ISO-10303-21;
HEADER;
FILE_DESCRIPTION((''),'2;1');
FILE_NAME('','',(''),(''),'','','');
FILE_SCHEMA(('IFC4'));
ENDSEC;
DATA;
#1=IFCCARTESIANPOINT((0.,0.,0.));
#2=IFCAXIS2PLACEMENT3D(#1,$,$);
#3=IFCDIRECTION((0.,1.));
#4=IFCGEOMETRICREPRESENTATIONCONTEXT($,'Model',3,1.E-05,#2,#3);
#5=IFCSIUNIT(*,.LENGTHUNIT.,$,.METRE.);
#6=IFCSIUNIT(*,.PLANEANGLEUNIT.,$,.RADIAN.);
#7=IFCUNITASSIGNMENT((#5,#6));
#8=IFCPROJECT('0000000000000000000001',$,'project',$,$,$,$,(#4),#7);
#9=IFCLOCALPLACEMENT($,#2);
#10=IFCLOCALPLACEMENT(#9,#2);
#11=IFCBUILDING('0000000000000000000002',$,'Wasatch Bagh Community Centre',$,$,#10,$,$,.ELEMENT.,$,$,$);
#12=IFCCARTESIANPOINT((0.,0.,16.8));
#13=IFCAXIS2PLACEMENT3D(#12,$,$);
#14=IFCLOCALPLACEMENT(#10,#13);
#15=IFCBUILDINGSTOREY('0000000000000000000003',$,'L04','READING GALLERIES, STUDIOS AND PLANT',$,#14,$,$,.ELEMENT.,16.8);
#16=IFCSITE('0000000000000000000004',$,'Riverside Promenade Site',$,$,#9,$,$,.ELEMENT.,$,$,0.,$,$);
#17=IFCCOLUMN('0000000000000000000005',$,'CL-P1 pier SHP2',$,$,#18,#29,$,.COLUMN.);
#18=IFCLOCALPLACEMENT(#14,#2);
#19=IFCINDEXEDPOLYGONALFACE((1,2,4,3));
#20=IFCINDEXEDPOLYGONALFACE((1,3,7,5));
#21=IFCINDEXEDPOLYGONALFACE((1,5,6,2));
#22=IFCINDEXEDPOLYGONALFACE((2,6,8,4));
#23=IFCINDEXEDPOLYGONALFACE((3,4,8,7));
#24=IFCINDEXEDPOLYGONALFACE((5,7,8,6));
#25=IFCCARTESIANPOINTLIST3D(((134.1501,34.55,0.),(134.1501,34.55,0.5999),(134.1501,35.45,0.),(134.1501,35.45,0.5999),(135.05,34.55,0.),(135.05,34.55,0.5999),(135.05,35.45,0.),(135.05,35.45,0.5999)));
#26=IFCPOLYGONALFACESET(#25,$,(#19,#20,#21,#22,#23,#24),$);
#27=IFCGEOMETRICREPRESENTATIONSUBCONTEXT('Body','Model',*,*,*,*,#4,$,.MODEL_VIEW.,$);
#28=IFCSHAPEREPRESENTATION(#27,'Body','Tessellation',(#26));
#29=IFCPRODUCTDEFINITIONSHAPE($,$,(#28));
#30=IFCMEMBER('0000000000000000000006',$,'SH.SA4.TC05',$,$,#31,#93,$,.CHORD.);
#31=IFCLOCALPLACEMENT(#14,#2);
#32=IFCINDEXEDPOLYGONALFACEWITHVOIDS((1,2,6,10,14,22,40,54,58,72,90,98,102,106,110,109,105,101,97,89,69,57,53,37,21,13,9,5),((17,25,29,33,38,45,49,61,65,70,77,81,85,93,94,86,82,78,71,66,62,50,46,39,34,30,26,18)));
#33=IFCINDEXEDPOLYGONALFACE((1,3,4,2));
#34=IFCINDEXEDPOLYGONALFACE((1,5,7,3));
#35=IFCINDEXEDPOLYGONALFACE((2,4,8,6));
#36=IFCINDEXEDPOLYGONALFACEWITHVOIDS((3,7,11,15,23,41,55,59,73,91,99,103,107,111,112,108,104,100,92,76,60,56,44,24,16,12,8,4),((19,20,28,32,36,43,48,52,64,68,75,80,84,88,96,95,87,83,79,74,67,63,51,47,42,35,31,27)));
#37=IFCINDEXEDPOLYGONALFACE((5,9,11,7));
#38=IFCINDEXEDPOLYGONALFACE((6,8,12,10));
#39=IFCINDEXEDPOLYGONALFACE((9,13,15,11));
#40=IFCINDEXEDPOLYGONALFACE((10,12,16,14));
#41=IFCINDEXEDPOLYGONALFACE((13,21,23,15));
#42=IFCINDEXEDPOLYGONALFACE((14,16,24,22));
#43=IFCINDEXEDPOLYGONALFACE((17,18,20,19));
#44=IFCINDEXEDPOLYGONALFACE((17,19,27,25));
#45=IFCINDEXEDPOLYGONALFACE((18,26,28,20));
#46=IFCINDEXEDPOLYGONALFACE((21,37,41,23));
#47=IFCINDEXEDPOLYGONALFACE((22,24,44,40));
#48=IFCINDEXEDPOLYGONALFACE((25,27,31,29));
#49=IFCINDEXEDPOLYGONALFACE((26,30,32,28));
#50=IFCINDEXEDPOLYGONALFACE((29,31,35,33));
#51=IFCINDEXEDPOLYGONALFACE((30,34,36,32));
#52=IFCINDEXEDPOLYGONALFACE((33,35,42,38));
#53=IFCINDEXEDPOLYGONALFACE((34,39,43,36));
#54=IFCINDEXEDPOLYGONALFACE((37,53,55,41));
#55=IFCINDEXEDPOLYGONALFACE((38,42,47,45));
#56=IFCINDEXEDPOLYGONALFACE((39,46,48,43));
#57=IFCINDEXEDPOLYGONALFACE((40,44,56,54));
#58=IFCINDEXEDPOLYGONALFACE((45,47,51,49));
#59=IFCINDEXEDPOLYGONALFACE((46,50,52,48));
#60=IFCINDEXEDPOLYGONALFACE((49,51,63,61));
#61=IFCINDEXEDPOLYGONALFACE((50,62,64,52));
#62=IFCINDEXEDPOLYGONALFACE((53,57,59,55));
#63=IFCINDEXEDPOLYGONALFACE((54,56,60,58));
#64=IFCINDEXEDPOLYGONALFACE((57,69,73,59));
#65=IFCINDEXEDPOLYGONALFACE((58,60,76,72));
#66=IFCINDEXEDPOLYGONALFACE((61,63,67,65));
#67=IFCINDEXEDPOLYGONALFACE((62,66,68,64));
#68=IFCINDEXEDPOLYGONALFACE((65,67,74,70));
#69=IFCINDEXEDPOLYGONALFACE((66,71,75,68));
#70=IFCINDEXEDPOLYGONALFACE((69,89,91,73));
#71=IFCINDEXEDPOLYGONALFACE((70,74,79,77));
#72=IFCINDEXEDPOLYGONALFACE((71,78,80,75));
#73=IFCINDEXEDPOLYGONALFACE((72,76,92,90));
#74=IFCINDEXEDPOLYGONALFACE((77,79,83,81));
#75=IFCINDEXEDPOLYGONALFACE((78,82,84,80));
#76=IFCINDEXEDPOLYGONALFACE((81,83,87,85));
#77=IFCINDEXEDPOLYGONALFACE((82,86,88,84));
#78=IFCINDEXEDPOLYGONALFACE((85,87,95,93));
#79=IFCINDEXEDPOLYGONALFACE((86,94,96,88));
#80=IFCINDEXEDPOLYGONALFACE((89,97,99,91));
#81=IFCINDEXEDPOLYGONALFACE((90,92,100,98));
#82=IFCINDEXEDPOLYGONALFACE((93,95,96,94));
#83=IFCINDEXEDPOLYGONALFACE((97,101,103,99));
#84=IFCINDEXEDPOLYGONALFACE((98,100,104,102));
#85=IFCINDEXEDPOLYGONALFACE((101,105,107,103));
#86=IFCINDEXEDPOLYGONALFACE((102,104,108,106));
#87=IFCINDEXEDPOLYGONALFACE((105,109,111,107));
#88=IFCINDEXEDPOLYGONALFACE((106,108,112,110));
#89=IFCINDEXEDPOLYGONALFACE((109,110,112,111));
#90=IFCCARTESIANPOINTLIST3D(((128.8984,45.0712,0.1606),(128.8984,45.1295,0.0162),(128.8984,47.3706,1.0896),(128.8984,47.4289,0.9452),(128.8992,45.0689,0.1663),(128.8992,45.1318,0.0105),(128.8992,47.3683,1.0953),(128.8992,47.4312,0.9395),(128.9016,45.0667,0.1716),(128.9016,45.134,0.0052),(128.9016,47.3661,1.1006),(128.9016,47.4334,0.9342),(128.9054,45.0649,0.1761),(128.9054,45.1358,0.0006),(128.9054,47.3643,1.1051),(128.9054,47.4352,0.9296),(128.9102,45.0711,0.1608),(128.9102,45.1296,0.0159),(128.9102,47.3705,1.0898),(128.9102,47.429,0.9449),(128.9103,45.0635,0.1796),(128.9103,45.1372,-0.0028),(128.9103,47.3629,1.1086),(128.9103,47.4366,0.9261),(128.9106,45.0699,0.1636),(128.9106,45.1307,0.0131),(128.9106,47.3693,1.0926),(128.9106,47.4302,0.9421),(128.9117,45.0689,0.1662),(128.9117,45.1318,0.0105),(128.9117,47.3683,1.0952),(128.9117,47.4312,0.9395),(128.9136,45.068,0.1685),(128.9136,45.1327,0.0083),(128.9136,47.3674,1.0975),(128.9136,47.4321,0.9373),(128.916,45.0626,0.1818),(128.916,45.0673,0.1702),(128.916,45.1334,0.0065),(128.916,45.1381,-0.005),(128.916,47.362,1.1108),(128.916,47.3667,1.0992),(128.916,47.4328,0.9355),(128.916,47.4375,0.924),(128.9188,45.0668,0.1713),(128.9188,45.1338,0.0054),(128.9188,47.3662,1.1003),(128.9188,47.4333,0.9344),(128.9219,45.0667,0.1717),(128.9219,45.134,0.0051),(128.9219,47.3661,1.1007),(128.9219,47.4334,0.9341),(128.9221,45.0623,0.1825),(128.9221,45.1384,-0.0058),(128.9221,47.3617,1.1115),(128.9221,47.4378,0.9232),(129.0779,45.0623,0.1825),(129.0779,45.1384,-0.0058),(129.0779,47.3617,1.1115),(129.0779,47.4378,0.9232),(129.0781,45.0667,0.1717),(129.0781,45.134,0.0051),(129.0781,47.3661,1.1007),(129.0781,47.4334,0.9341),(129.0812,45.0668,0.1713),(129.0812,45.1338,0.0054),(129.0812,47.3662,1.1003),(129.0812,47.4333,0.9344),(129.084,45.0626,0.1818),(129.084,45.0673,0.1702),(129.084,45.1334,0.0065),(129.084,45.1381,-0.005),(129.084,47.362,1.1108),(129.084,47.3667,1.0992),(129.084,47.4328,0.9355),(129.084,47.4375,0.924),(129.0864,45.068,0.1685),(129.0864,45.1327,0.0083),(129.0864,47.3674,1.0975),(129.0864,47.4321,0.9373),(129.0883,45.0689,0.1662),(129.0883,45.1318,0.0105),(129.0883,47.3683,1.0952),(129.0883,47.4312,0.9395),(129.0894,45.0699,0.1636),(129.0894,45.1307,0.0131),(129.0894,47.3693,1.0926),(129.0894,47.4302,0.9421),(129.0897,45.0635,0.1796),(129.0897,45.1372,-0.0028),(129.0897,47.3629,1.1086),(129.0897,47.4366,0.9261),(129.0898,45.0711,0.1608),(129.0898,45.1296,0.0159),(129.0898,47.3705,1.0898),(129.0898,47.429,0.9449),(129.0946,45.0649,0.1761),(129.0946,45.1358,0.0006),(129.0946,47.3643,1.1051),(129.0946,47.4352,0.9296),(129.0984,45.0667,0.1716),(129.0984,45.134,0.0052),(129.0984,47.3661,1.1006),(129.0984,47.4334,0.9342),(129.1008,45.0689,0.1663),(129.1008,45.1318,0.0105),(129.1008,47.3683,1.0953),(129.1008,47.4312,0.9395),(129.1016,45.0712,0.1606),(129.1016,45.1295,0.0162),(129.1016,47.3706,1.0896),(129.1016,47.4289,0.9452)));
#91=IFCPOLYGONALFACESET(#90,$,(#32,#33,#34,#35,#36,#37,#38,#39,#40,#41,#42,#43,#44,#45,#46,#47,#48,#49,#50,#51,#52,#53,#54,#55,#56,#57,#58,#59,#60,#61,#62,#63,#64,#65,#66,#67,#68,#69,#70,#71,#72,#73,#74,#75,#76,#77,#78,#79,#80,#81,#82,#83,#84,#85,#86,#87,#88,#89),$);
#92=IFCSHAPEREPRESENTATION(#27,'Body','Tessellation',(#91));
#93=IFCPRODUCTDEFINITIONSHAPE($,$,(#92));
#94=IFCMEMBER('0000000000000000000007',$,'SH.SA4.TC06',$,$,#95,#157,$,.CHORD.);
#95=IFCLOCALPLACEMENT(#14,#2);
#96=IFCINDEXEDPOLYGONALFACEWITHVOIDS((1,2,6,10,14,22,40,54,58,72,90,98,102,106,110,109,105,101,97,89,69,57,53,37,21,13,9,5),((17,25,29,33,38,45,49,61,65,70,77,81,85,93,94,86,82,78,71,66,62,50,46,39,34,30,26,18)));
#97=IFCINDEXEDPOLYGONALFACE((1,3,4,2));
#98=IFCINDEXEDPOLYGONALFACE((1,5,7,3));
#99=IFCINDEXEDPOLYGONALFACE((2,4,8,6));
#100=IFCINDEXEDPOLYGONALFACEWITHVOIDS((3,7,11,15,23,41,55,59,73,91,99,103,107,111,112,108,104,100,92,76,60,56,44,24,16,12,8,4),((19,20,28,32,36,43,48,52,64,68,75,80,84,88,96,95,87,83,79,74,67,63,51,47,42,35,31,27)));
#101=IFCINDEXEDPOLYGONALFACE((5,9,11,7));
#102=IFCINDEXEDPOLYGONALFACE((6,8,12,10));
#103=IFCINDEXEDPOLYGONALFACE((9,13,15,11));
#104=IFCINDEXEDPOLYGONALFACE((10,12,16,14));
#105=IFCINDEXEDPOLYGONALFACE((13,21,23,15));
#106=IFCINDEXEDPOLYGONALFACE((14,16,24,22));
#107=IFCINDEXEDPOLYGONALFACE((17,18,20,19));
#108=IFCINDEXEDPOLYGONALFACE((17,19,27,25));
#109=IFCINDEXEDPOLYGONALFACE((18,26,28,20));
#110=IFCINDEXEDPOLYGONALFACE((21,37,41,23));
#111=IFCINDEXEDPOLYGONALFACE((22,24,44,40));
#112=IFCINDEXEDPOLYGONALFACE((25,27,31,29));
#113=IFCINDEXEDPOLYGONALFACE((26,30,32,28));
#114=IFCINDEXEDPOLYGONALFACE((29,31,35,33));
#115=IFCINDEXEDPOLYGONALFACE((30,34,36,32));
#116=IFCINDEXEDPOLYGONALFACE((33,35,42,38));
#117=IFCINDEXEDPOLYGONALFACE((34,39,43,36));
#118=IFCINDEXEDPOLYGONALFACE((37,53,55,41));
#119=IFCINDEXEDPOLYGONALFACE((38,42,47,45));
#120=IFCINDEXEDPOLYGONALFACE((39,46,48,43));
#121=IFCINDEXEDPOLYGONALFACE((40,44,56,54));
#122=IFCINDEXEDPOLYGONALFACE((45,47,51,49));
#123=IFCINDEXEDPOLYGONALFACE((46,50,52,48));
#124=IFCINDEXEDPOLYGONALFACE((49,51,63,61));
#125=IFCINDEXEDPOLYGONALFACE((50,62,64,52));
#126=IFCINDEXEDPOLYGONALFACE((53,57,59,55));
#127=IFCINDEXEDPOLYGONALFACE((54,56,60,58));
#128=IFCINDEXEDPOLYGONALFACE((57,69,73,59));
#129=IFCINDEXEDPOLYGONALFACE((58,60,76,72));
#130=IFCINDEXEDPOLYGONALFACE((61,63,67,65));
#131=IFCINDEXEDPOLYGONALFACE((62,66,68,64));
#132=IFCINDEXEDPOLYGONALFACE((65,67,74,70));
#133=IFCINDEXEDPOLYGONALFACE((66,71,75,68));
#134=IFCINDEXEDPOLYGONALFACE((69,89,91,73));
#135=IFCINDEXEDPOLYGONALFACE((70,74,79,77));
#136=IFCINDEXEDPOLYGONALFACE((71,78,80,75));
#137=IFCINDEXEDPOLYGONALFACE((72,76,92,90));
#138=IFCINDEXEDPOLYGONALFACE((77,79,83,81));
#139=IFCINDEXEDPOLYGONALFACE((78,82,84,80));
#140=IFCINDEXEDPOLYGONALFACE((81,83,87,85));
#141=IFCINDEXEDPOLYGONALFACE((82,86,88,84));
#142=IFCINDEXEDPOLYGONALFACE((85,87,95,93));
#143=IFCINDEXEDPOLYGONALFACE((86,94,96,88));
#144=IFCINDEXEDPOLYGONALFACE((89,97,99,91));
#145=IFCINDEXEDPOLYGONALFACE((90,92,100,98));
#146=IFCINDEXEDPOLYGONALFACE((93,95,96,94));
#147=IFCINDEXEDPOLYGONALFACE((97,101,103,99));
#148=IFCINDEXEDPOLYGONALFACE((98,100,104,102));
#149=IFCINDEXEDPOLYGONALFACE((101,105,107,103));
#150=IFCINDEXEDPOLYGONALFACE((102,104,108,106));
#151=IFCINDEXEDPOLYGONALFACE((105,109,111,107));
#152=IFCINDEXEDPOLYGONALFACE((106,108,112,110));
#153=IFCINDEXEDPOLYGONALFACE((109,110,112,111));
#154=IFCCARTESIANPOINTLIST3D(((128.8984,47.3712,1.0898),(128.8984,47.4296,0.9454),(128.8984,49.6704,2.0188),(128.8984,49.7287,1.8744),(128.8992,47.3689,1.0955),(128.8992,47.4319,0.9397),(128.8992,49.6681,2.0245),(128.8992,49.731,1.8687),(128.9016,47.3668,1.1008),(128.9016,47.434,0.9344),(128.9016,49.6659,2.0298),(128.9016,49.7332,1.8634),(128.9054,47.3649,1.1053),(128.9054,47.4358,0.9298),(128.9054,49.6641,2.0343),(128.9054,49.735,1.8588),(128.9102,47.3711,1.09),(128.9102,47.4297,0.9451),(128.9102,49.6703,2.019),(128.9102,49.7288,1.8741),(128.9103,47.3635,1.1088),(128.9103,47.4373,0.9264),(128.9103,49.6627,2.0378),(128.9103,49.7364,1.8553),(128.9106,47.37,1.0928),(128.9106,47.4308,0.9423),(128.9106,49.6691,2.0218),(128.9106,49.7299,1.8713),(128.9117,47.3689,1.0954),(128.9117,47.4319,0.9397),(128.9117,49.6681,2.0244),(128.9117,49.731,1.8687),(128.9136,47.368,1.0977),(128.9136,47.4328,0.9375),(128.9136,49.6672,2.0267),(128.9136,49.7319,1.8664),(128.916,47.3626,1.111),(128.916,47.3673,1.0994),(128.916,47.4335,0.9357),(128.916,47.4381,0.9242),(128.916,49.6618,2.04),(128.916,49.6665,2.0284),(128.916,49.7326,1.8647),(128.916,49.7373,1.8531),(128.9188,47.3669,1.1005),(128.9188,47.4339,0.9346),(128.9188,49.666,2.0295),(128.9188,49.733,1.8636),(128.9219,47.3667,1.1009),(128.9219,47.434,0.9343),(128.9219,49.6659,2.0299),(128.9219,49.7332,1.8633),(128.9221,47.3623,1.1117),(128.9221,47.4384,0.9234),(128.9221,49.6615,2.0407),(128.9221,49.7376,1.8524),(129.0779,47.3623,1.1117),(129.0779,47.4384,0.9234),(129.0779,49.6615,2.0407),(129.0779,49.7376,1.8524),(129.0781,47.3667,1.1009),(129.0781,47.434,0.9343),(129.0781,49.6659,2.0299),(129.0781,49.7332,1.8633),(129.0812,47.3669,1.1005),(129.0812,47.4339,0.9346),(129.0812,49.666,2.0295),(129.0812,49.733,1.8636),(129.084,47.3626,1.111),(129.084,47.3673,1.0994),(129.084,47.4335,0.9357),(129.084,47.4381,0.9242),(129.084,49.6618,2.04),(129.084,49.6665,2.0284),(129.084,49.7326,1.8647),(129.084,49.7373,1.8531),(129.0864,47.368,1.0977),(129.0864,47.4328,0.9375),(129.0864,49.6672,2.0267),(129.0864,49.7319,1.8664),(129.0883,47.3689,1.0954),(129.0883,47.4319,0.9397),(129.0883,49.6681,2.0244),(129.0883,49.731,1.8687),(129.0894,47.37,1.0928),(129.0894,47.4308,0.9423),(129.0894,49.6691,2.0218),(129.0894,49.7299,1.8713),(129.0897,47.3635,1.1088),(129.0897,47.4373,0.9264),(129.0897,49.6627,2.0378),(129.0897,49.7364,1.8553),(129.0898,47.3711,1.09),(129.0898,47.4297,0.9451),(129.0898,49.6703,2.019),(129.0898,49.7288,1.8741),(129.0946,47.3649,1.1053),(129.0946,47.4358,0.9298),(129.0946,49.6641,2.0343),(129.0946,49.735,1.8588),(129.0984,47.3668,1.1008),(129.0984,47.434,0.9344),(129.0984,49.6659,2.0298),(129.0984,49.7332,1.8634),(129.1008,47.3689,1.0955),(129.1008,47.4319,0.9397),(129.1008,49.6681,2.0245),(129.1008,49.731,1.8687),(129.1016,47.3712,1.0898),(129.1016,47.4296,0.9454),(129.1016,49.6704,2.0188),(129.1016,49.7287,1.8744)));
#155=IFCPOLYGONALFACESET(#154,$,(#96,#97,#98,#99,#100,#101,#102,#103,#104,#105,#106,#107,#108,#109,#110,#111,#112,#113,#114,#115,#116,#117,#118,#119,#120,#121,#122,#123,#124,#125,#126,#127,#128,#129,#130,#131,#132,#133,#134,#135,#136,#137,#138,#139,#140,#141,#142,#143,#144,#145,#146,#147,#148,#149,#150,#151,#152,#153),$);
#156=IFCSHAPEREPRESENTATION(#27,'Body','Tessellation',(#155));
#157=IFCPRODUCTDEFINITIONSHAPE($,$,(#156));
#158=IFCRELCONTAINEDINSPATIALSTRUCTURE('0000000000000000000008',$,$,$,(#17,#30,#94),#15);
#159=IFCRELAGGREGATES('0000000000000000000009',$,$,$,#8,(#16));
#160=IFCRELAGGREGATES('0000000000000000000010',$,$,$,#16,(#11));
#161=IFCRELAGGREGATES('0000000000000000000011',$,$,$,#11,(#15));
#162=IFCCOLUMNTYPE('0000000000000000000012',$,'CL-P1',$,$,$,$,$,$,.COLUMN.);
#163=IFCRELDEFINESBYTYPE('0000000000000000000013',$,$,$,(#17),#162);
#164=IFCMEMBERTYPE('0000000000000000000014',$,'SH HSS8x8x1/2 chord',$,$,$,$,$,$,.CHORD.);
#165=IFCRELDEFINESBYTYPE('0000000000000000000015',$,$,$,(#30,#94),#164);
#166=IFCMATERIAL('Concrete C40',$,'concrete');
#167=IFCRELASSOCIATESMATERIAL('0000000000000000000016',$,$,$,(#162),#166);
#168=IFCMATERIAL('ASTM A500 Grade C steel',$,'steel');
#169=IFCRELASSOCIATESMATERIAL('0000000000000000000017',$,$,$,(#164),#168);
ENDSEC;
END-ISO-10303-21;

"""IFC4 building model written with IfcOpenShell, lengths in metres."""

from ifc_helpers import new_model, si_unit, direction, frame, origin, origin_2d, place, context, subcontext, project, spatial, rectangle, hollow_rectangle, extrude, material, material_profile, profile_set, type_object, element, save


model = new_model("IFC4")

# Units and contexts
model_context = context("Model", 3, precision=1e-05, world=origin(), true_north=direction((0.0, 1.0)))
body_context = subcontext(model_context, "Body", "Model", "MODEL_VIEW")
ifc_project = project(units=[si_unit("LENGTHUNIT", "METRE"), si_unit("PLANEANGLEUNIT", "RADIAN")], contexts=[model_context])

# Site, building, storey
site_placement = place(None, origin())
site = spatial("IfcSite", under=ifc_project, at=site_placement, Name="Riverside Promenade Site", CompositionType="ELEMENT", RefElevation=0.0)
building_placement = place(site_placement, origin())
building = spatial("IfcBuilding", under=site, at=building_placement, Name="Wasatch Bagh Community Centre", CompositionType="ELEMENT")
storey_placement = place(building_placement, frame((0.0, 0.0, 16.8)))
storey = spatial("IfcBuildingStorey", under=building, at=storey_placement, Name="L04", Description="READING GALLERIES, STUDIOS AND PLANT", CompositionType="ELEMENT", Elevation=16.8)

# Column
ifc_material_1 = material(Name="Concrete C40", Category="concrete")
ifc_material_profile_1 = material_profile(ifc_material_1, rectangle(XDim=0.8999, YDim=0.8999, at=origin_2d()), Name="RC 900x900")
ifc_profile_set_1 = profile_set([ifc_material_profile_1], Name="Concrete C40")
column_type = type_object("IfcColumnType", Name="CL-P1", PredefinedType="COLUMN", material=ifc_profile_set_1)
column_placement = place(storey_placement, frame((134.6001, 35.0, 0.0), z_axis=(0.0, 0.0, 1.0), x_axis=(1.0, 0.0, 0.0)))
element("IfcColumn", 1, at=column_placement, inside=storey, type_object=column_type, Name="CL-P1 pier SHP2", PredefinedType="COLUMN", context=body_context, shape_type="SweptSolid", body=[
    extrude(rectangle(XDim=0.8999, YDim=0.8999, at=origin_2d()), origin(), (0.0, 0.0, 1.0), 0.5999),
])

# Members
ifc_material_2 = material(Name="ASTM A500 Grade C steel", Category="steel")
ifc_material_profile_2 = material_profile(ifc_material_2, hollow_rectangle(XDim=0.2031, YDim=0.2031, WallThickness=0.0117, InnerFilletRadius=0.0117, OuterFilletRadius=0.0237, at=origin_2d()), Name="HSS8x8x1/2")
ifc_profile_set_2 = profile_set([ifc_material_profile_2], Name="ASTM A500 Grade C steel")
member_type_1 = type_object("IfcMemberType", Name="SH HSS8x8x1/2 chord", PredefinedType="CHORD", material=ifc_profile_set_2)
member_1_placement = place(storey_placement, frame((129.0, 45.1003, 0.0884), z_axis=(0.0, 0.927188, 0.374597), x_axis=(-1.0, 0.0, 0.0)))
element("IfcMember", 2, at=member_1_placement, inside=storey, type_object=member_type_1, Name="SH.SA4.TC05", PredefinedType="CHORD", context=body_context, shape_type="SweptSolid", body=[
    extrude(hollow_rectangle(XDim=0.2031, YDim=0.2031, WallThickness=0.0117, InnerFilletRadius=0.0117, OuterFilletRadius=0.0237, at=origin_2d()), origin(), (0.0, 0.0, 1.0), 2.48),
])
member_2_placement = place(storey_placement, frame((129.0, 47.4004, 1.0176), z_axis=(0.0, 0.927174, 0.374631), x_axis=(-1.0, 0.0, 0.0)))
element("IfcMember", 3, at=member_2_placement, inside=storey, type_object=member_type_1, Name="SH.SA4.TC06", PredefinedType="CHORD", context=body_context, shape_type="SweptSolid", body=[
    extrude(hollow_rectangle(XDim=0.2031, YDim=0.2031, WallThickness=0.0117, InnerFilletRadius=0.0117, OuterFilletRadius=0.0237, at=origin_2d()), origin(), (0.0, 0.0, 1.0), 2.4797),
])

save(model, "model.ifc")
